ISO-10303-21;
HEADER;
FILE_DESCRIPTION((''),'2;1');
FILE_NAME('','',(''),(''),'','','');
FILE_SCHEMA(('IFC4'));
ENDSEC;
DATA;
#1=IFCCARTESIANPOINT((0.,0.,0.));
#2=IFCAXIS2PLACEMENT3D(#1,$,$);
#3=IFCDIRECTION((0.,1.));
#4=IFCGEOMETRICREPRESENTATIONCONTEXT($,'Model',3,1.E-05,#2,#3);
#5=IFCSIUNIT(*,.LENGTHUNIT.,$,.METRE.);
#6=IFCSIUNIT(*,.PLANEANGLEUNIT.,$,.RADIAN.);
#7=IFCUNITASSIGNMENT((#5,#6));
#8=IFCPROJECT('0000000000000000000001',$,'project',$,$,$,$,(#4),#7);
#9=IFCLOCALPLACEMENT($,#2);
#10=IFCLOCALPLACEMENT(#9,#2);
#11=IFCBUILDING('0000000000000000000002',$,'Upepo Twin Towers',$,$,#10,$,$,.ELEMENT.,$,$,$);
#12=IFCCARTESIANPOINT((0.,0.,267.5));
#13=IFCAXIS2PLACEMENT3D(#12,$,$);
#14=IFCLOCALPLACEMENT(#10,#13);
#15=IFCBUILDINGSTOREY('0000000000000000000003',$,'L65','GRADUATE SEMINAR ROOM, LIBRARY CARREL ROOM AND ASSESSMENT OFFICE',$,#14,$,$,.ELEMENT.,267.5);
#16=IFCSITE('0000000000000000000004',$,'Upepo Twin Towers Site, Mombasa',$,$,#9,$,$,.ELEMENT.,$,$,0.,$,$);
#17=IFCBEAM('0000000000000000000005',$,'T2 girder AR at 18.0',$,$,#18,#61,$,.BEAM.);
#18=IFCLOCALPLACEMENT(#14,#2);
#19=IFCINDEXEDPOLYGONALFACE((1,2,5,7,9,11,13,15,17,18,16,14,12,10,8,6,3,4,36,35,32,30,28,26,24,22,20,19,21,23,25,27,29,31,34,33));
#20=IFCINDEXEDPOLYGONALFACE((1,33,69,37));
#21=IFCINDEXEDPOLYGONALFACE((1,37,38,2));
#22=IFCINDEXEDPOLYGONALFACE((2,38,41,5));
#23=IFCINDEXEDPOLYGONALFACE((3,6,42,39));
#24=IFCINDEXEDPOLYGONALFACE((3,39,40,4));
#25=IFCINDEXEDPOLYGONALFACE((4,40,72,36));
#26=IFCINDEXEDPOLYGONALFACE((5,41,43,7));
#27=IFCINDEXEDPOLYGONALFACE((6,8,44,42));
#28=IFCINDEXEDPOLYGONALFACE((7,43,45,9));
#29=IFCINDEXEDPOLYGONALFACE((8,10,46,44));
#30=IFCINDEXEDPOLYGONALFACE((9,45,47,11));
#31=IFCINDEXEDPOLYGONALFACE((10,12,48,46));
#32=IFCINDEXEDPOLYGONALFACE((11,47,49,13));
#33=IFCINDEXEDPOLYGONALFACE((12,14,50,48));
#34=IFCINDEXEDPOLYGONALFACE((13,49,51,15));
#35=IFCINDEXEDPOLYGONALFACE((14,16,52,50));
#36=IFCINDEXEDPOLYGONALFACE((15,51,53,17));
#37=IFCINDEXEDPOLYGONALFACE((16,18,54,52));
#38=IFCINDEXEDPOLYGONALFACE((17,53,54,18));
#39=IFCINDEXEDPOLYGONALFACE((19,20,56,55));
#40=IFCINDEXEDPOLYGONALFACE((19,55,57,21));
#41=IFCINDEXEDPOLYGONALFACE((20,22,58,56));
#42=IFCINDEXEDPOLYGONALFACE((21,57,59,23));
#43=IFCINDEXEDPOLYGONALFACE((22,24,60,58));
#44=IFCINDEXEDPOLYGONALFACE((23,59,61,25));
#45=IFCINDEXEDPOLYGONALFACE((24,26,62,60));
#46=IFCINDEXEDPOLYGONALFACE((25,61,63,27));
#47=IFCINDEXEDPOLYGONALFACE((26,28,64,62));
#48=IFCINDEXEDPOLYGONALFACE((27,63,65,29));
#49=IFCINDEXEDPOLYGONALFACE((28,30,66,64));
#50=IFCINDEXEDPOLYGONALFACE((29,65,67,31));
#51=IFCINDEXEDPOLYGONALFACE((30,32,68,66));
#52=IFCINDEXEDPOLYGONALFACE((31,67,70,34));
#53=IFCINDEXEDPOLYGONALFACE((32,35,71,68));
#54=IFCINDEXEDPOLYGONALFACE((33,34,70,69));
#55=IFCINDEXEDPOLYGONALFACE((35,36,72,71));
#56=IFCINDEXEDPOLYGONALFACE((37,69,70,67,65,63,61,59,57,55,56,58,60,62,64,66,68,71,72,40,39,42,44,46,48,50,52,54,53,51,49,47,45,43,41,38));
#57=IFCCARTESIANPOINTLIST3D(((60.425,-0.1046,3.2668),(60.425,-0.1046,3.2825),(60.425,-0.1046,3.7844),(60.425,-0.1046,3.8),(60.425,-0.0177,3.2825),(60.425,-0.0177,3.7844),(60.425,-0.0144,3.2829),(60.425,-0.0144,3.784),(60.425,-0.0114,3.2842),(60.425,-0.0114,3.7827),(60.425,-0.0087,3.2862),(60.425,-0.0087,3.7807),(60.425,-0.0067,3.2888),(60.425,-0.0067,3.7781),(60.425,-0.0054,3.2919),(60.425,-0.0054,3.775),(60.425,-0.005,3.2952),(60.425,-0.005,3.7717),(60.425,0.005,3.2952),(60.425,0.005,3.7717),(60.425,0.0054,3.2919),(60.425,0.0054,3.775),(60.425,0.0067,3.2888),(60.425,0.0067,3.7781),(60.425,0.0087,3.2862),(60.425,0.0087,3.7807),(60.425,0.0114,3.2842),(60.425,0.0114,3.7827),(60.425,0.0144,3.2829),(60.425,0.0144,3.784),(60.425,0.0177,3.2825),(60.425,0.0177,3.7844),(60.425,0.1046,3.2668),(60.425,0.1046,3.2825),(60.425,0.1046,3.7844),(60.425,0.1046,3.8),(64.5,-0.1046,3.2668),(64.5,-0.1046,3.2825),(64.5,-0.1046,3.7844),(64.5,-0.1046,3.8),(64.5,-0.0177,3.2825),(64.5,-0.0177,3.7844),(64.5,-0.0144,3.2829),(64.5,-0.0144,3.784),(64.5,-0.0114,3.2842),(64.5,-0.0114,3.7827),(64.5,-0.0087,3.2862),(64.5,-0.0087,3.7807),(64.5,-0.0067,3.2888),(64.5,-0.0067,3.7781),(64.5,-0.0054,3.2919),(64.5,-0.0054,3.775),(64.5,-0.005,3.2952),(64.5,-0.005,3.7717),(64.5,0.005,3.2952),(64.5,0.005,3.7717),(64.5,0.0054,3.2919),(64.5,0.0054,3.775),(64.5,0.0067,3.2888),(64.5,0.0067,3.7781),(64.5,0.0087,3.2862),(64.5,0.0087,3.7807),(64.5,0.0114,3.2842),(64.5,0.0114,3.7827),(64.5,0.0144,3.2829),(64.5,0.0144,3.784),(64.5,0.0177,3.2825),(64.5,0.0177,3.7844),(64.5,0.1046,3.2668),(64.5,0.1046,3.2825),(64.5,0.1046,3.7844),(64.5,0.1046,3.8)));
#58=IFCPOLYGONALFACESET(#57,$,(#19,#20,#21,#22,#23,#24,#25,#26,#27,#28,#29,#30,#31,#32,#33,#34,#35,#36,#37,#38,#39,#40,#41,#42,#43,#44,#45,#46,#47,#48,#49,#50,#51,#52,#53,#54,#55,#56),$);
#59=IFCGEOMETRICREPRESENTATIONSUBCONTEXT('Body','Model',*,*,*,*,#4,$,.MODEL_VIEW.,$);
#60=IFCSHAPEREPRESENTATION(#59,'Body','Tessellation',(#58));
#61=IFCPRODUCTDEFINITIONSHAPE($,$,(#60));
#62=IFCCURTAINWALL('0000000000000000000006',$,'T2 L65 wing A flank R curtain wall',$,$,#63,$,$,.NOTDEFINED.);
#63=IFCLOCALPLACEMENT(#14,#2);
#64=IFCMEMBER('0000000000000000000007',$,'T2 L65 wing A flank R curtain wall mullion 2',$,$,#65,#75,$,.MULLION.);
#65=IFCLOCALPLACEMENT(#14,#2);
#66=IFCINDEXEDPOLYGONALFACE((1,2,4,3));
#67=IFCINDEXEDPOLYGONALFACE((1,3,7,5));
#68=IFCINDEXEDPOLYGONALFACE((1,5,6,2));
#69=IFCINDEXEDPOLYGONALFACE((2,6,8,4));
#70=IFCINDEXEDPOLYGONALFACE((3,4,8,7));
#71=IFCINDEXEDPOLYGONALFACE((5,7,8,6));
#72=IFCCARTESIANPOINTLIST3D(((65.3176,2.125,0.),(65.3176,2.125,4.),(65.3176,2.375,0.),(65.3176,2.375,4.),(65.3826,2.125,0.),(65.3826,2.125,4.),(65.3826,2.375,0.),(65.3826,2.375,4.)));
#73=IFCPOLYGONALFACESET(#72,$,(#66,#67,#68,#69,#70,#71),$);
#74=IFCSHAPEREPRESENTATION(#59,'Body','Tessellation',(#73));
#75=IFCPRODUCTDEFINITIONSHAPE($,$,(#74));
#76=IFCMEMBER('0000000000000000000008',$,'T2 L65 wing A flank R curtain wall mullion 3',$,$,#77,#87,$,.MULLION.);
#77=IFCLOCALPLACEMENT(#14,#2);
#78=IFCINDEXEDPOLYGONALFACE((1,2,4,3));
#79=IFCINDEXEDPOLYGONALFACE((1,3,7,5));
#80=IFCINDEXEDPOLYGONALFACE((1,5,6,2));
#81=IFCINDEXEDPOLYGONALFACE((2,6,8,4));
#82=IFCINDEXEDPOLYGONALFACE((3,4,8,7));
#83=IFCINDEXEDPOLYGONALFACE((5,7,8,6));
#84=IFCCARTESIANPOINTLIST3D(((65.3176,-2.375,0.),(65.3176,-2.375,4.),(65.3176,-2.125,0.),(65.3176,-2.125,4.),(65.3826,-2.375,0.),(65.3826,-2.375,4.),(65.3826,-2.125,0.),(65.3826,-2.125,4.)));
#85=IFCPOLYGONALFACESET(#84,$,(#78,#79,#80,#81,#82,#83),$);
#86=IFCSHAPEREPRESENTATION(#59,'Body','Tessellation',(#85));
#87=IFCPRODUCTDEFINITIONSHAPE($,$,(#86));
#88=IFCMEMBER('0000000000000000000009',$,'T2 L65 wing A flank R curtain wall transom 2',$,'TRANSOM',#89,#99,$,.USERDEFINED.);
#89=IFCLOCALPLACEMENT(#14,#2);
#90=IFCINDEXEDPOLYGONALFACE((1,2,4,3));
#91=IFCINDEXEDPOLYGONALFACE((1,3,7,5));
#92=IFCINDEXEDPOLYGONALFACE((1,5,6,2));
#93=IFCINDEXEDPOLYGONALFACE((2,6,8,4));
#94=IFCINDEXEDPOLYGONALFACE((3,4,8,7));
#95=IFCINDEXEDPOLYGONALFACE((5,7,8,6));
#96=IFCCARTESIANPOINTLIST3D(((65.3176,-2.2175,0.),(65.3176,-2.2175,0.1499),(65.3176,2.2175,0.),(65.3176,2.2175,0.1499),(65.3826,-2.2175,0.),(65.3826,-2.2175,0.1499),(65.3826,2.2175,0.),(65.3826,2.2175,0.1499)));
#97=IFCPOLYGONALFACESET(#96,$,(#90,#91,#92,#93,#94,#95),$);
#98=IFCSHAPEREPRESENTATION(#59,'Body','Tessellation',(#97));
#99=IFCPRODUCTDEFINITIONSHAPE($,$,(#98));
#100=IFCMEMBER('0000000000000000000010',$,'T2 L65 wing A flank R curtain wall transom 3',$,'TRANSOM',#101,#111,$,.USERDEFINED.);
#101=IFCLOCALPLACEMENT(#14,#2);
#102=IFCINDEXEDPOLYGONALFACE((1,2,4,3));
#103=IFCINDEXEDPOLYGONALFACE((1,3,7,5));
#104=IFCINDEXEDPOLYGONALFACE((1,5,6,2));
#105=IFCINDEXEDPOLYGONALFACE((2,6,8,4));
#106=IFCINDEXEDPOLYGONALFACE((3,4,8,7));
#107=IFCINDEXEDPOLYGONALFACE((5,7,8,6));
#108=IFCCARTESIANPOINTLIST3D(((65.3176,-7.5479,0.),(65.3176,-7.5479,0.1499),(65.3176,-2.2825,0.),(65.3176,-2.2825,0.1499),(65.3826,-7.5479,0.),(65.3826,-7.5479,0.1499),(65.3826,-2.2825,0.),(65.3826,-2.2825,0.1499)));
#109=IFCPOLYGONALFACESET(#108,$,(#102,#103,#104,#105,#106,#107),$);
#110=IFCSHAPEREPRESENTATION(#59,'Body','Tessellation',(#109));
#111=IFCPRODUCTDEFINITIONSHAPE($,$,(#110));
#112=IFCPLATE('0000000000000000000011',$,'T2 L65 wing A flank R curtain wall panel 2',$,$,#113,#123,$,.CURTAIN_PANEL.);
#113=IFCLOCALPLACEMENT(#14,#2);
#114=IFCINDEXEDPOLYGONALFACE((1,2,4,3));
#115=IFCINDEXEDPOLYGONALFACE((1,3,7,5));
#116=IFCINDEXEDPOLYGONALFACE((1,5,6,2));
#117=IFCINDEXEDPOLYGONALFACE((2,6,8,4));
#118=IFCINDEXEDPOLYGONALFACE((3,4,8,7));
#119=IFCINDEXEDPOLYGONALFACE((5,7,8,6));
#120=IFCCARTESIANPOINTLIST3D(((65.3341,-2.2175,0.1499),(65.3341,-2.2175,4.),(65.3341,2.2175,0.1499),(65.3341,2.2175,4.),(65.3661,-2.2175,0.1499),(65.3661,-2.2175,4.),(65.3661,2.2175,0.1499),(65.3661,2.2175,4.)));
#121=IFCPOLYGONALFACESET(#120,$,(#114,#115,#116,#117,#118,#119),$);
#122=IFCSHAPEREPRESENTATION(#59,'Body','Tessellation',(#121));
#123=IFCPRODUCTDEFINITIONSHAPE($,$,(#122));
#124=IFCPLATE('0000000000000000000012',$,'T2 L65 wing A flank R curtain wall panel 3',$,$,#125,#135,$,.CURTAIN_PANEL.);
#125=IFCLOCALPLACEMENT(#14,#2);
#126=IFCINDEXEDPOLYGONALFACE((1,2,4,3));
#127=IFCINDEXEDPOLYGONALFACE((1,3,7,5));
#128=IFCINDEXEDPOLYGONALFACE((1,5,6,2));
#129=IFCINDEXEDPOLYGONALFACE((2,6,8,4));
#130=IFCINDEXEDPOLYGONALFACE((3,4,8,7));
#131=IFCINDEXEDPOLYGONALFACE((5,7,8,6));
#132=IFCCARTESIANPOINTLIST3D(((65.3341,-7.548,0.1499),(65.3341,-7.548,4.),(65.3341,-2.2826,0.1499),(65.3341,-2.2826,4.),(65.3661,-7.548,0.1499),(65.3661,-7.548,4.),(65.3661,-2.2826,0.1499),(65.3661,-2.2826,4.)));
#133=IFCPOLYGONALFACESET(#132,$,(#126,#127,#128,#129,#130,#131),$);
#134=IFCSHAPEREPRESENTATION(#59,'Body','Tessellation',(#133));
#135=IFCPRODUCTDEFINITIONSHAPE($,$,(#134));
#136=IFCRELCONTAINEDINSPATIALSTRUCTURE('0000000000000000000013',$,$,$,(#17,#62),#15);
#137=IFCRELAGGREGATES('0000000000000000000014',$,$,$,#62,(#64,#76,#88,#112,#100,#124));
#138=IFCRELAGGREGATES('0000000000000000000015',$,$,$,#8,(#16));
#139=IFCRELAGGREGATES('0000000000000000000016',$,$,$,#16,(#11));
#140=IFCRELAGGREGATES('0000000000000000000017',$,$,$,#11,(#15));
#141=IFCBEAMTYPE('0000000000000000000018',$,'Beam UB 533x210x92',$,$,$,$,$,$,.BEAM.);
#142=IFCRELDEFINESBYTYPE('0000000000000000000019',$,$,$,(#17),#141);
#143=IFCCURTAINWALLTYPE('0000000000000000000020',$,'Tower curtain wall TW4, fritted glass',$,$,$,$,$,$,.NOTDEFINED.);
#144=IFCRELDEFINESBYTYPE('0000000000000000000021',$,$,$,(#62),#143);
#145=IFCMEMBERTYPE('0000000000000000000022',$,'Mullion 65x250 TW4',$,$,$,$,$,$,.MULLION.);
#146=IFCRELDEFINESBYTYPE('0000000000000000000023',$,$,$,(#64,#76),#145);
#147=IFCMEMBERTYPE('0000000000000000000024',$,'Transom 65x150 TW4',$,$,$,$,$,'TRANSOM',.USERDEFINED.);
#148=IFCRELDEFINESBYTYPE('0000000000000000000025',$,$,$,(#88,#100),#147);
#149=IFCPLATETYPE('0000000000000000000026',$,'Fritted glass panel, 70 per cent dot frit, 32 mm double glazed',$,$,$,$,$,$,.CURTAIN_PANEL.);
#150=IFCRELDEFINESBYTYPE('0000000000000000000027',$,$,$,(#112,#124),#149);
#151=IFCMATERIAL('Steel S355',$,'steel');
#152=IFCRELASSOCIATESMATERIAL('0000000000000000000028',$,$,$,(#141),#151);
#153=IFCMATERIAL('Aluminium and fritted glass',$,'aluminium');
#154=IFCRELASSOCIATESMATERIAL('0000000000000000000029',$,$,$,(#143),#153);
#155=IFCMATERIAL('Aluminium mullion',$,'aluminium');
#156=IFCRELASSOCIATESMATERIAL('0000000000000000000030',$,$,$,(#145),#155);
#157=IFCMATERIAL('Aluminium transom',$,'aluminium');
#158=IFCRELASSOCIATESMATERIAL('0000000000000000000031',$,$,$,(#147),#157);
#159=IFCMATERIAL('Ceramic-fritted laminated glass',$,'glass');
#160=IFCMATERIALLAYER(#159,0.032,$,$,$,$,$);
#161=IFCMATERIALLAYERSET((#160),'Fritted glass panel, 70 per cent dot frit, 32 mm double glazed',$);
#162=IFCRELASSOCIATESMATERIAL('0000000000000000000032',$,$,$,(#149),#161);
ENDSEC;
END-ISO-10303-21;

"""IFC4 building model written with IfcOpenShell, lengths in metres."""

from ifc_helpers import new_model, si_unit, direction, frame, origin, origin_2d, place, context, subcontext, project, spatial, rectangle, i_section, extrude, material, layer, layer_set, material_profile, profile_set, type_object, element, aggregate, save


model = new_model("IFC4")

# Units and contexts
model_context = context("Model", 3, precision=1e-05, world=origin(), true_north=direction((0.0, 1.0)))
body_context = subcontext(model_context, "Body", "Model", "MODEL_VIEW")
ifc_project = project(units=[si_unit("LENGTHUNIT", "METRE"), si_unit("PLANEANGLEUNIT", "RADIAN")], contexts=[model_context])

# Site, building, storey
site_placement = place(None, origin())
site = spatial("IfcSite", under=ifc_project, at=site_placement, Name="Upepo Twin Towers Site, Mombasa", CompositionType="ELEMENT", RefElevation=0.0)
building_placement = place(site_placement, origin())
building = spatial("IfcBuilding", under=site, at=building_placement, Name="Upepo Twin Towers", CompositionType="ELEMENT")
storey_placement = place(building_placement, frame((0.0, 0.0, 267.5)))
storey = spatial("IfcBuildingStorey", under=building, at=storey_placement, Name="L65", Description="GRADUATE SEMINAR ROOM, LIBRARY CARREL ROOM AND ASSESSMENT OFFICE", CompositionType="ELEMENT", Elevation=267.5)

# Beam
ifc_material_1 = material(Name="Steel S355", Category="steel")
ifc_material_profile_1 = material_profile(ifc_material_1, i_section(OverallWidth=0.2092, OverallDepth=0.5332, WebThickness=0.01, FlangeThickness=0.0156, FilletRadius=0.0127, at=origin_2d()), Name="UB 533x210x92")
ifc_profile_set_1 = profile_set([ifc_material_profile_1], Name="Steel S355")
beam_type_1 = type_object("IfcBeamType", Name="Beam UB 533x210x92", PredefinedType="BEAM", material=ifc_profile_set_1)
for number, where, z_axis, x_axis, name in (
    (1, (64.5, 0.0, 3.5334), (-1.0, 0.0, 0.0), (0.0, -1.0, 0.0), "T2 girder AR at 18.0"),
):
    element("IfcBeam", number, at=place(storey_placement, frame(where, z_axis=z_axis, x_axis=x_axis)), inside=storey, type_object=beam_type_1, Name=name, PredefinedType="BEAM", context=body_context, shape_type="SweptSolid", body=[
        extrude(i_section(OverallWidth=0.2092, OverallDepth=0.5332, WebThickness=0.01, FlangeThickness=0.0156, FilletRadius=0.0127, at=origin_2d()), origin(), (0.0, 0.0, 1.0), 4.075),
    ])

# Curtain wall, members, plates
ifc_material_2 = material(Name="Aluminium and fritted glass", Category="aluminium")
curtain_wall_type = type_object("IfcCurtainWallType", Name="Tower curtain wall TW4, fritted glass", PredefinedType="NOTDEFINED", material=ifc_material_2)
curtain_wall_placement = place(storey_placement, origin())
curtain_wall = element("IfcCurtainWall", 2, at=curtain_wall_placement, inside=storey, type_object=curtain_wall_type, Name="T2 L65 wing A flank R curtain wall", PredefinedType="NOTDEFINED")
ifc_material_3 = material(Name="Aluminium mullion", Category="aluminium")
ifc_material_profile_2 = material_profile(ifc_material_3, rectangle(XDim=0.0649, YDim=0.25, at=origin_2d()), Name="MULLION 65x250")
ifc_profile_set_2 = profile_set([ifc_material_profile_2], Name="Aluminium mullion")
member_type_1 = type_object("IfcMemberType", Name="Mullion 65x250 TW4", PredefinedType="MULLION", material=ifc_profile_set_2)
member_1_placement = place(storey_placement, frame((65.3501, 2.25, 0.0), z_axis=(0.0, 0.0, 1.0), x_axis=(1.0, 0.0, 0.0)))
member_1 = element("IfcMember", 3, at=member_1_placement, type_object=member_type_1, Name="T2 L65 wing A flank R curtain wall mullion 2", PredefinedType="MULLION", context=body_context, shape_type="SweptSolid", body=[
    extrude(rectangle(XDim=0.0649, YDim=0.25, at=origin_2d()), origin(), (0.0, 0.0, 1.0), 4.0),
])
member_2_placement = place(storey_placement, frame((65.3501, -2.25, 0.0), z_axis=(0.0, 0.0, 1.0), x_axis=(1.0, 0.0, 0.0)))
member_2 = element("IfcMember", 4, at=member_2_placement, type_object=member_type_1, Name="T2 L65 wing A flank R curtain wall mullion 3", PredefinedType="MULLION", context=body_context, shape_type="SweptSolid", body=[
    extrude(rectangle(XDim=0.0649, YDim=0.25, at=origin_2d()), origin(), (0.0, 0.0, 1.0), 4.0),
])
ifc_material_4 = material(Name="Aluminium transom", Category="aluminium")
ifc_material_profile_3 = material_profile(ifc_material_4, rectangle(XDim=0.0649, YDim=0.1499, at=origin_2d()), Name="TRANSOM 65x150")
ifc_profile_set_3 = profile_set([ifc_material_profile_3], Name="Aluminium transom")
member_type_2 = type_object("IfcMemberType", Name="Transom 65x150 TW4", ElementType="TRANSOM", PredefinedType="USERDEFINED", material=ifc_profile_set_3)
member_3_placement = place(storey_placement, frame((65.3501, 2.2175, 0.075), z_axis=(0.0, -1.0, 0.0), x_axis=(1.0, 0.0, 0.0)))
member_3 = element("IfcMember", 5, at=member_3_placement, type_object=member_type_2, Name="T2 L65 wing A flank R curtain wall transom 2", ObjectType="TRANSOM", PredefinedType="USERDEFINED", context=body_context, shape_type="SweptSolid", body=[
    extrude(rectangle(XDim=0.0649, YDim=0.1499, at=origin_2d()), origin(), (0.0, 0.0, 1.0), 4.4351),
])
member_4_placement = place(storey_placement, frame((65.3501, -2.2825, 0.075), z_axis=(0.0, -1.0, 0.0), x_axis=(1.0, 0.0, 0.0)))
member_4 = element("IfcMember", 6, at=member_4_placement, type_object=member_type_2, Name="T2 L65 wing A flank R curtain wall transom 3", ObjectType="TRANSOM", PredefinedType="USERDEFINED", context=body_context, shape_type="SweptSolid", body=[
    extrude(rectangle(XDim=0.0649, YDim=0.1499, at=origin_2d()), origin(), (0.0, 0.0, 1.0), 5.2654),
])
ifc_material_5 = material(Name="Ceramic-fritted laminated glass", Category="glass")
ifc_layer_1 = layer(ifc_material_5, 0.032)
ifc_layer_set_1 = layer_set([ifc_layer_1], Name="Fritted glass panel, 70 per cent dot frit, 32 mm double glazed")
plate_type = type_object("IfcPlateType", Name="Fritted glass panel, 70 per cent dot frit, 32 mm double glazed", PredefinedType="CURTAIN_PANEL", material=ifc_layer_set_1)
plate_1_placement = place(storey_placement, frame((65.3501, 0.0, 0.1499), z_axis=(0.0, 0.0, 1.0), x_axis=(0.0, -1.0, 0.0)))
plate_1 = element("IfcPlate", 7, at=plate_1_placement, type_object=plate_type, Name="T2 L65 wing A flank R curtain wall panel 2", PredefinedType="CURTAIN_PANEL", context=body_context, shape_type="SweptSolid", body=[
    extrude(rectangle(XDim=4.4351, YDim=0.032, at=origin_2d()), origin(), (0.0, 0.0, 1.0), 3.8501),
])
plate_2_placement = place(storey_placement, frame((65.3501, -4.9153, 0.1499), z_axis=(0.0, 0.0, 1.0), x_axis=(0.0, -1.0, 0.0)))
plate_2 = element("IfcPlate", 8, at=plate_2_placement, type_object=plate_type, Name="T2 L65 wing A flank R curtain wall panel 3", PredefinedType="CURTAIN_PANEL", context=body_context, shape_type="SweptSolid", body=[
    extrude(rectangle(XDim=5.2654, YDim=0.032, at=origin_2d()), origin(), (0.0, 0.0, 1.0), 3.8501),
])
aggregate(curtain_wall, [member_1, member_2, member_3, plate_1, member_4, plate_2])

save(model, "model.ifc")
